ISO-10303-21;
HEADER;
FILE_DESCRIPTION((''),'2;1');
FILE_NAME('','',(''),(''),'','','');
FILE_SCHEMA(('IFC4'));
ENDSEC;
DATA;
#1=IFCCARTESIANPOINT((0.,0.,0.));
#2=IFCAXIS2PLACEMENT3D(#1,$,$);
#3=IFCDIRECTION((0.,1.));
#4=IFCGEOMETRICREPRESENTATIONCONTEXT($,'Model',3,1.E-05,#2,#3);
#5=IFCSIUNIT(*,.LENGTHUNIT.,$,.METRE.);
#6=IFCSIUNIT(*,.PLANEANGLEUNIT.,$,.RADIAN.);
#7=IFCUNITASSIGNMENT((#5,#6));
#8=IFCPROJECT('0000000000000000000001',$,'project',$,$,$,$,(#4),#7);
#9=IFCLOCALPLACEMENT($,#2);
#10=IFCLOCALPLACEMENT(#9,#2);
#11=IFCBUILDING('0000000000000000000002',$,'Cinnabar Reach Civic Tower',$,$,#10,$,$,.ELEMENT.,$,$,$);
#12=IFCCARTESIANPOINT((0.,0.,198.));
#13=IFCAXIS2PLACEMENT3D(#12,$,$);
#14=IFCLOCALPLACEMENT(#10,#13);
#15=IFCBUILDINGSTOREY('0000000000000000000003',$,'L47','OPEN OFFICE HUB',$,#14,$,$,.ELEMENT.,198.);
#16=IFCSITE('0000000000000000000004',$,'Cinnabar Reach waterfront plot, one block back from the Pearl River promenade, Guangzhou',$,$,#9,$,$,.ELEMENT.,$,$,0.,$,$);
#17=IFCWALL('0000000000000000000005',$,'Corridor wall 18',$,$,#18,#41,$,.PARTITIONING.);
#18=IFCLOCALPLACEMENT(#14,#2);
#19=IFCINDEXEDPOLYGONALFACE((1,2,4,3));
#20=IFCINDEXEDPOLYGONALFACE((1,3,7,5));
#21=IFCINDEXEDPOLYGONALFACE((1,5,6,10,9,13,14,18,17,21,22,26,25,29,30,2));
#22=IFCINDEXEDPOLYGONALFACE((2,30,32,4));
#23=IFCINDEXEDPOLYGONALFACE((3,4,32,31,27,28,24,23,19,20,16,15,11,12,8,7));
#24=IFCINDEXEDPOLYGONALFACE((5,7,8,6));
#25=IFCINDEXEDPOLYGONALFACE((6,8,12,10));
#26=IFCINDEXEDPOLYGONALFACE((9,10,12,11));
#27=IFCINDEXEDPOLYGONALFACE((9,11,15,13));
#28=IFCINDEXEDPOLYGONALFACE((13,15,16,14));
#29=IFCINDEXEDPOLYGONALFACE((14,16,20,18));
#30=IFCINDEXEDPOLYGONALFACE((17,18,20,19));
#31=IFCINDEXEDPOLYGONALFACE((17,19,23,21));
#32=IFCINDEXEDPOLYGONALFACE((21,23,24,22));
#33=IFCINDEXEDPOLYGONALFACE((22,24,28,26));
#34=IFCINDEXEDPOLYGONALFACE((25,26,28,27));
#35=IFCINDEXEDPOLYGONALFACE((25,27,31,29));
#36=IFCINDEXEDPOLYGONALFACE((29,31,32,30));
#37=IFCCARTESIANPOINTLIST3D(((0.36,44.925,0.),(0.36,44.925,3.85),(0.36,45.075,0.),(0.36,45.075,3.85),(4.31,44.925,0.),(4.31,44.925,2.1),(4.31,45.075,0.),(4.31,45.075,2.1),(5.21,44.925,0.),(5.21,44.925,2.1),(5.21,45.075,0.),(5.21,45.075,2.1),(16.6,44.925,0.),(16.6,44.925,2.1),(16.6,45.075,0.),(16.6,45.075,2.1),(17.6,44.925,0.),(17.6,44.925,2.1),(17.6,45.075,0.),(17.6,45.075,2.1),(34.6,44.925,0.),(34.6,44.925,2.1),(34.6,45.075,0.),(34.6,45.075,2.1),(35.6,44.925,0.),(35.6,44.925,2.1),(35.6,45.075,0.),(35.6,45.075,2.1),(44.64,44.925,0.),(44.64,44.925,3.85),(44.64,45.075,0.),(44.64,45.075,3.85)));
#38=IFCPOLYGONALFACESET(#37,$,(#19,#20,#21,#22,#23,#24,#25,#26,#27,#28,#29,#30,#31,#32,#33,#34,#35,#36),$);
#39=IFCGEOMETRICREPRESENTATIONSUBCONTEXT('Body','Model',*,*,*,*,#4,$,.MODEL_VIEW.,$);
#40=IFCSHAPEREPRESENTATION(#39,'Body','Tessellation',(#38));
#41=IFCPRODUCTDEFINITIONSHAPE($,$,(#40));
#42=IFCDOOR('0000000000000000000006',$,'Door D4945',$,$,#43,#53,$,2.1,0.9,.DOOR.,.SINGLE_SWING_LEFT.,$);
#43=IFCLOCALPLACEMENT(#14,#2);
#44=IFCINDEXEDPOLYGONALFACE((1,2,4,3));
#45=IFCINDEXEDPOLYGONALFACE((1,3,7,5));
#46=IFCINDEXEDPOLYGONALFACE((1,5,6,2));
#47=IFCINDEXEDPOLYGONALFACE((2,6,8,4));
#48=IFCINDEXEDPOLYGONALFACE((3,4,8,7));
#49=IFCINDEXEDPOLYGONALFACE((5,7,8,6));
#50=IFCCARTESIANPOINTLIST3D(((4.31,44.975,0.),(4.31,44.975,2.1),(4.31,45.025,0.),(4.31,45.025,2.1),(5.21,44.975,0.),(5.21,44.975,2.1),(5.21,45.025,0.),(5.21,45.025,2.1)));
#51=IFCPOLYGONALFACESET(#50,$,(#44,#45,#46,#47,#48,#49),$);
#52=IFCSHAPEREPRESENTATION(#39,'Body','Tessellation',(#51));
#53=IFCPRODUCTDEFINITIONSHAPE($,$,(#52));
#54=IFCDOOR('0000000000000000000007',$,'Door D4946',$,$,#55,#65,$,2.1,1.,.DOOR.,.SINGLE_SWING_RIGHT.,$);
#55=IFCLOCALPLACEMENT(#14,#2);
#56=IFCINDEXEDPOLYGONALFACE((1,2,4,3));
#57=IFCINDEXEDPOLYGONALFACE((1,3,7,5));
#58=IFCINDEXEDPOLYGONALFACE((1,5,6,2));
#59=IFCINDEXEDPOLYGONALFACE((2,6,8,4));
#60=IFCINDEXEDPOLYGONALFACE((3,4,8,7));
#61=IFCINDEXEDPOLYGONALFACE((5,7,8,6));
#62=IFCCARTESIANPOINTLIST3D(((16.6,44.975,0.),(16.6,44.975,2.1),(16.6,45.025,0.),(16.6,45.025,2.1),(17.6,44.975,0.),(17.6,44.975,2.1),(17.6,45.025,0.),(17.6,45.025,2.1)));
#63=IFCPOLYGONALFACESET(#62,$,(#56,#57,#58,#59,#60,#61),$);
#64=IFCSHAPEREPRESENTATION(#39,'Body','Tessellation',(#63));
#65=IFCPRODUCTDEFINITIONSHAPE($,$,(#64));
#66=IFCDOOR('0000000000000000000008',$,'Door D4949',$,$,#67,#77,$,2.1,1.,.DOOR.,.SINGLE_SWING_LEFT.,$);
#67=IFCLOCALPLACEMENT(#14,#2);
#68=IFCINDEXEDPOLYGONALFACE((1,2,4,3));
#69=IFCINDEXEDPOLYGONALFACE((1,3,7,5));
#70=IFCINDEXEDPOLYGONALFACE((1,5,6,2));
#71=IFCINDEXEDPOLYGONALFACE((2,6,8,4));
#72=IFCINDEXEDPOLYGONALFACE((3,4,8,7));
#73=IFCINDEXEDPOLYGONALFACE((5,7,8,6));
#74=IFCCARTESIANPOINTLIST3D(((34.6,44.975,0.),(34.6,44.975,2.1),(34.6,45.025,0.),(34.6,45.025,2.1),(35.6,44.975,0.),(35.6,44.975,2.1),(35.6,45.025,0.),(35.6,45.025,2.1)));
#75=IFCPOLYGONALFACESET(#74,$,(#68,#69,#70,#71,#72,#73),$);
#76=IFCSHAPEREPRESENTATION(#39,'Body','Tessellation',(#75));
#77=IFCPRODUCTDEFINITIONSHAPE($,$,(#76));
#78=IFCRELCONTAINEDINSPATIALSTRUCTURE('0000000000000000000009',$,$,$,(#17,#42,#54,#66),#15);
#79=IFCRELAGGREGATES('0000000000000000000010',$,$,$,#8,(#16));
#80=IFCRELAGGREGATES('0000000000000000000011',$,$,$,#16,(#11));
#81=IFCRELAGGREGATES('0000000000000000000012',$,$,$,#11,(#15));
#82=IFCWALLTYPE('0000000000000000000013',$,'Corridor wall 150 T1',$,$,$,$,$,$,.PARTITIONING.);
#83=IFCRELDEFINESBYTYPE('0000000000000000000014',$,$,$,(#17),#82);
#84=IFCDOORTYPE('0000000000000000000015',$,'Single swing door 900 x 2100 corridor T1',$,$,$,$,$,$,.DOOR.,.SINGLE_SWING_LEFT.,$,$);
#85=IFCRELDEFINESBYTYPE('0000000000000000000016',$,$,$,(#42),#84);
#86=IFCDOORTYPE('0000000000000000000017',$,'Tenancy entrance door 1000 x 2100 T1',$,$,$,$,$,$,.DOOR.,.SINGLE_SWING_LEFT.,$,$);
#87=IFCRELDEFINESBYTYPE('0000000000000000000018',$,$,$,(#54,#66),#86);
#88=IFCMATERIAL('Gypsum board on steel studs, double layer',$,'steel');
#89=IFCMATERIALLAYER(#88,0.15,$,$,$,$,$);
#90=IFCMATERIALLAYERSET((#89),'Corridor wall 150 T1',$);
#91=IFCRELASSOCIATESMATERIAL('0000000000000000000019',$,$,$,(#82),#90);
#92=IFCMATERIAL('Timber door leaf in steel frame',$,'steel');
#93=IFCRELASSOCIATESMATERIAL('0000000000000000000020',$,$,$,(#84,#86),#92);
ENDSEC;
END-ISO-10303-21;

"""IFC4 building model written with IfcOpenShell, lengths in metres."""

from ifc_helpers import new_model, si_unit, direction, frame, frame_2d, origin, place, context, subcontext, project, spatial, rectangle, extrude, material, layer, layer_set, type_object, element, fill, save


model = new_model("IFC4")

# Units and contexts
model_context = context("Model", 3, precision=1e-05, world=origin(), true_north=direction((0.0, 1.0)))
body_context = subcontext(model_context, "Body", "Model", "MODEL_VIEW")
ifc_project = project(units=[si_unit("LENGTHUNIT", "METRE"), si_unit("PLANEANGLEUNIT", "RADIAN")], contexts=[model_context])

# Site, building, storey
site_placement = place(None, origin())
site = spatial("IfcSite", under=ifc_project, at=site_placement, Name="Cinnabar Reach waterfront plot, one block back from the Pearl River promenade, Guangzhou", CompositionType="ELEMENT", RefElevation=0.0)
building_placement = place(site_placement, origin())
building = spatial("IfcBuilding", under=site, at=building_placement, Name="Cinnabar Reach Civic Tower", CompositionType="ELEMENT")
storey_placement = place(building_placement, frame((0.0, 0.0, 198.0)))
storey = spatial("IfcBuildingStorey", under=building, at=storey_placement, Name="L47", Description="OPEN OFFICE HUB", CompositionType="ELEMENT", Elevation=198.0)

# Wall, openings, doors
ifc_material_1 = material(Name="Gypsum board on steel studs, double layer", Category="steel")
ifc_layer_1 = layer(ifc_material_1, 0.15)
ifc_layer_set_1 = layer_set([ifc_layer_1], Name="Corridor wall 150 T1")
wall_type_1 = type_object("IfcWallType", Name="Corridor wall 150 T1", PredefinedType="PARTITIONING", material=ifc_layer_set_1)
wall_1_placement = place(storey_placement, frame((0.36, 45.0, 0.0), z_axis=(0.0, 0.0, 1.0), x_axis=(1.0, 0.0, 0.0)))
wall_1 = element("IfcWall", 1, at=wall_1_placement, inside=storey, type_object=wall_type_1, Name="Corridor wall 18", PredefinedType="PARTITIONING", context=body_context, shape_type="SweptSolid", body=[
    extrude(rectangle(XDim=44.28, YDim=0.15, at=frame_2d((22.14, 0.0))), origin(), (0.0, 0.0, 1.0), 3.85),
])
opening_1_placement = place(wall_1_placement, frame((3.95, 0.0, 0.0)))
opening_1 = element("IfcOpeningElement", 2, at=opening_1_placement, cuts=wall_1, PredefinedType="OPENING", context=body_context, shape_type="SweptSolid", body=[
    extrude(rectangle(XDim=0.9, YDim=2.1, at=frame_2d((0.45, 1.05))), frame((0.0, 0.085, 0.0), z_axis=(0.0, -1.0, 0.0), x_axis=(1.0, 0.0, 0.0)), (0.0, 0.0, 1.0), 0.17),
])
opening_2_placement = place(wall_1_placement, frame((16.24, 0.0, 0.0)))
opening_2 = element("IfcOpeningElement", 3, at=opening_2_placement, cuts=wall_1, PredefinedType="OPENING", context=body_context, shape_type="SweptSolid", body=[
    extrude(rectangle(XDim=1.0, YDim=2.1, at=frame_2d((0.5, 1.05))), frame((0.0, 0.085, 0.0), z_axis=(0.0, -1.0, 0.0), x_axis=(1.0, 0.0, 0.0)), (0.0, 0.0, 1.0), 0.17),
])
opening_3_placement = place(wall_1_placement, frame((34.24, 0.0, 0.0)))
opening_3 = element("IfcOpeningElement", 4, at=opening_3_placement, cuts=wall_1, PredefinedType="OPENING", context=body_context, shape_type="SweptSolid", body=[
    extrude(rectangle(XDim=1.0, YDim=2.1, at=frame_2d((0.5, 1.05))), frame((0.0, 0.085, 0.0), z_axis=(0.0, -1.0, 0.0), x_axis=(1.0, 0.0, 0.0)), (0.0, 0.0, 1.0), 0.17),
])
ifc_material_2 = material(Name="Timber door leaf in steel frame", Category="steel")
door_type_1 = type_object("IfcDoorType", Name="Single swing door 900 x 2100 corridor T1", OperationType="SINGLE_SWING_LEFT", PredefinedType="DOOR", material=ifc_material_2)
door_1_placement = place(opening_1_placement, origin())
door_1 = element("IfcDoor", 5, at=door_1_placement, inside=storey, type_object=door_type_1, Name="Door D4945", OperationType="SINGLE_SWING_LEFT", OverallHeight=2.1, OverallWidth=0.9, PredefinedType="DOOR", context=body_context, shape_type="SweptSolid", body=[
    extrude(rectangle(XDim=0.9, YDim=2.1, at=frame_2d((0.45, 1.05))), frame((0.0, 0.025, 0.0), z_axis=(0.0, -1.0, 0.0), x_axis=(1.0, 0.0, 0.0)), (0.0, 0.0, 1.0), 0.05),
])
fill(opening_1, door_1)
door_type_2 = type_object("IfcDoorType", Name="Tenancy entrance door 1000 x 2100 T1", OperationType="SINGLE_SWING_LEFT", PredefinedType="DOOR", material=ifc_material_2)
door_2_placement = place(opening_2_placement, origin())
door_2 = element("IfcDoor", 6, at=door_2_placement, inside=storey, type_object=door_type_2, Name="Door D4946", OperationType="SINGLE_SWING_RIGHT", OverallHeight=2.1, OverallWidth=1.0, PredefinedType="DOOR", context=body_context, shape_type="SweptSolid", body=[
    extrude(rectangle(XDim=1.0, YDim=2.1, at=frame_2d((0.5, 1.05))), frame((0.0, 0.025, 0.0), z_axis=(0.0, -1.0, 0.0), x_axis=(1.0, 0.0, 0.0)), (0.0, 0.0, 1.0), 0.05),
])
fill(opening_2, door_2)
door_3_placement = place(opening_3_placement, origin())
door_3 = element("IfcDoor", 7, at=door_3_placement, inside=storey, type_object=door_type_2, Name="Door D4949", OperationType="SINGLE_SWING_LEFT", OverallHeight=2.1, OverallWidth=1.0, PredefinedType="DOOR", context=body_context, shape_type="SweptSolid", body=[
    extrude(rectangle(XDim=1.0, YDim=2.1, at=frame_2d((0.5, 1.05))), frame((0.0, 0.025, 0.0), z_axis=(0.0, -1.0, 0.0), x_axis=(1.0, 0.0, 0.0)), (0.0, 0.0, 1.0), 0.05),
])
fill(opening_3, door_3)

save(model, "model.ifc")
